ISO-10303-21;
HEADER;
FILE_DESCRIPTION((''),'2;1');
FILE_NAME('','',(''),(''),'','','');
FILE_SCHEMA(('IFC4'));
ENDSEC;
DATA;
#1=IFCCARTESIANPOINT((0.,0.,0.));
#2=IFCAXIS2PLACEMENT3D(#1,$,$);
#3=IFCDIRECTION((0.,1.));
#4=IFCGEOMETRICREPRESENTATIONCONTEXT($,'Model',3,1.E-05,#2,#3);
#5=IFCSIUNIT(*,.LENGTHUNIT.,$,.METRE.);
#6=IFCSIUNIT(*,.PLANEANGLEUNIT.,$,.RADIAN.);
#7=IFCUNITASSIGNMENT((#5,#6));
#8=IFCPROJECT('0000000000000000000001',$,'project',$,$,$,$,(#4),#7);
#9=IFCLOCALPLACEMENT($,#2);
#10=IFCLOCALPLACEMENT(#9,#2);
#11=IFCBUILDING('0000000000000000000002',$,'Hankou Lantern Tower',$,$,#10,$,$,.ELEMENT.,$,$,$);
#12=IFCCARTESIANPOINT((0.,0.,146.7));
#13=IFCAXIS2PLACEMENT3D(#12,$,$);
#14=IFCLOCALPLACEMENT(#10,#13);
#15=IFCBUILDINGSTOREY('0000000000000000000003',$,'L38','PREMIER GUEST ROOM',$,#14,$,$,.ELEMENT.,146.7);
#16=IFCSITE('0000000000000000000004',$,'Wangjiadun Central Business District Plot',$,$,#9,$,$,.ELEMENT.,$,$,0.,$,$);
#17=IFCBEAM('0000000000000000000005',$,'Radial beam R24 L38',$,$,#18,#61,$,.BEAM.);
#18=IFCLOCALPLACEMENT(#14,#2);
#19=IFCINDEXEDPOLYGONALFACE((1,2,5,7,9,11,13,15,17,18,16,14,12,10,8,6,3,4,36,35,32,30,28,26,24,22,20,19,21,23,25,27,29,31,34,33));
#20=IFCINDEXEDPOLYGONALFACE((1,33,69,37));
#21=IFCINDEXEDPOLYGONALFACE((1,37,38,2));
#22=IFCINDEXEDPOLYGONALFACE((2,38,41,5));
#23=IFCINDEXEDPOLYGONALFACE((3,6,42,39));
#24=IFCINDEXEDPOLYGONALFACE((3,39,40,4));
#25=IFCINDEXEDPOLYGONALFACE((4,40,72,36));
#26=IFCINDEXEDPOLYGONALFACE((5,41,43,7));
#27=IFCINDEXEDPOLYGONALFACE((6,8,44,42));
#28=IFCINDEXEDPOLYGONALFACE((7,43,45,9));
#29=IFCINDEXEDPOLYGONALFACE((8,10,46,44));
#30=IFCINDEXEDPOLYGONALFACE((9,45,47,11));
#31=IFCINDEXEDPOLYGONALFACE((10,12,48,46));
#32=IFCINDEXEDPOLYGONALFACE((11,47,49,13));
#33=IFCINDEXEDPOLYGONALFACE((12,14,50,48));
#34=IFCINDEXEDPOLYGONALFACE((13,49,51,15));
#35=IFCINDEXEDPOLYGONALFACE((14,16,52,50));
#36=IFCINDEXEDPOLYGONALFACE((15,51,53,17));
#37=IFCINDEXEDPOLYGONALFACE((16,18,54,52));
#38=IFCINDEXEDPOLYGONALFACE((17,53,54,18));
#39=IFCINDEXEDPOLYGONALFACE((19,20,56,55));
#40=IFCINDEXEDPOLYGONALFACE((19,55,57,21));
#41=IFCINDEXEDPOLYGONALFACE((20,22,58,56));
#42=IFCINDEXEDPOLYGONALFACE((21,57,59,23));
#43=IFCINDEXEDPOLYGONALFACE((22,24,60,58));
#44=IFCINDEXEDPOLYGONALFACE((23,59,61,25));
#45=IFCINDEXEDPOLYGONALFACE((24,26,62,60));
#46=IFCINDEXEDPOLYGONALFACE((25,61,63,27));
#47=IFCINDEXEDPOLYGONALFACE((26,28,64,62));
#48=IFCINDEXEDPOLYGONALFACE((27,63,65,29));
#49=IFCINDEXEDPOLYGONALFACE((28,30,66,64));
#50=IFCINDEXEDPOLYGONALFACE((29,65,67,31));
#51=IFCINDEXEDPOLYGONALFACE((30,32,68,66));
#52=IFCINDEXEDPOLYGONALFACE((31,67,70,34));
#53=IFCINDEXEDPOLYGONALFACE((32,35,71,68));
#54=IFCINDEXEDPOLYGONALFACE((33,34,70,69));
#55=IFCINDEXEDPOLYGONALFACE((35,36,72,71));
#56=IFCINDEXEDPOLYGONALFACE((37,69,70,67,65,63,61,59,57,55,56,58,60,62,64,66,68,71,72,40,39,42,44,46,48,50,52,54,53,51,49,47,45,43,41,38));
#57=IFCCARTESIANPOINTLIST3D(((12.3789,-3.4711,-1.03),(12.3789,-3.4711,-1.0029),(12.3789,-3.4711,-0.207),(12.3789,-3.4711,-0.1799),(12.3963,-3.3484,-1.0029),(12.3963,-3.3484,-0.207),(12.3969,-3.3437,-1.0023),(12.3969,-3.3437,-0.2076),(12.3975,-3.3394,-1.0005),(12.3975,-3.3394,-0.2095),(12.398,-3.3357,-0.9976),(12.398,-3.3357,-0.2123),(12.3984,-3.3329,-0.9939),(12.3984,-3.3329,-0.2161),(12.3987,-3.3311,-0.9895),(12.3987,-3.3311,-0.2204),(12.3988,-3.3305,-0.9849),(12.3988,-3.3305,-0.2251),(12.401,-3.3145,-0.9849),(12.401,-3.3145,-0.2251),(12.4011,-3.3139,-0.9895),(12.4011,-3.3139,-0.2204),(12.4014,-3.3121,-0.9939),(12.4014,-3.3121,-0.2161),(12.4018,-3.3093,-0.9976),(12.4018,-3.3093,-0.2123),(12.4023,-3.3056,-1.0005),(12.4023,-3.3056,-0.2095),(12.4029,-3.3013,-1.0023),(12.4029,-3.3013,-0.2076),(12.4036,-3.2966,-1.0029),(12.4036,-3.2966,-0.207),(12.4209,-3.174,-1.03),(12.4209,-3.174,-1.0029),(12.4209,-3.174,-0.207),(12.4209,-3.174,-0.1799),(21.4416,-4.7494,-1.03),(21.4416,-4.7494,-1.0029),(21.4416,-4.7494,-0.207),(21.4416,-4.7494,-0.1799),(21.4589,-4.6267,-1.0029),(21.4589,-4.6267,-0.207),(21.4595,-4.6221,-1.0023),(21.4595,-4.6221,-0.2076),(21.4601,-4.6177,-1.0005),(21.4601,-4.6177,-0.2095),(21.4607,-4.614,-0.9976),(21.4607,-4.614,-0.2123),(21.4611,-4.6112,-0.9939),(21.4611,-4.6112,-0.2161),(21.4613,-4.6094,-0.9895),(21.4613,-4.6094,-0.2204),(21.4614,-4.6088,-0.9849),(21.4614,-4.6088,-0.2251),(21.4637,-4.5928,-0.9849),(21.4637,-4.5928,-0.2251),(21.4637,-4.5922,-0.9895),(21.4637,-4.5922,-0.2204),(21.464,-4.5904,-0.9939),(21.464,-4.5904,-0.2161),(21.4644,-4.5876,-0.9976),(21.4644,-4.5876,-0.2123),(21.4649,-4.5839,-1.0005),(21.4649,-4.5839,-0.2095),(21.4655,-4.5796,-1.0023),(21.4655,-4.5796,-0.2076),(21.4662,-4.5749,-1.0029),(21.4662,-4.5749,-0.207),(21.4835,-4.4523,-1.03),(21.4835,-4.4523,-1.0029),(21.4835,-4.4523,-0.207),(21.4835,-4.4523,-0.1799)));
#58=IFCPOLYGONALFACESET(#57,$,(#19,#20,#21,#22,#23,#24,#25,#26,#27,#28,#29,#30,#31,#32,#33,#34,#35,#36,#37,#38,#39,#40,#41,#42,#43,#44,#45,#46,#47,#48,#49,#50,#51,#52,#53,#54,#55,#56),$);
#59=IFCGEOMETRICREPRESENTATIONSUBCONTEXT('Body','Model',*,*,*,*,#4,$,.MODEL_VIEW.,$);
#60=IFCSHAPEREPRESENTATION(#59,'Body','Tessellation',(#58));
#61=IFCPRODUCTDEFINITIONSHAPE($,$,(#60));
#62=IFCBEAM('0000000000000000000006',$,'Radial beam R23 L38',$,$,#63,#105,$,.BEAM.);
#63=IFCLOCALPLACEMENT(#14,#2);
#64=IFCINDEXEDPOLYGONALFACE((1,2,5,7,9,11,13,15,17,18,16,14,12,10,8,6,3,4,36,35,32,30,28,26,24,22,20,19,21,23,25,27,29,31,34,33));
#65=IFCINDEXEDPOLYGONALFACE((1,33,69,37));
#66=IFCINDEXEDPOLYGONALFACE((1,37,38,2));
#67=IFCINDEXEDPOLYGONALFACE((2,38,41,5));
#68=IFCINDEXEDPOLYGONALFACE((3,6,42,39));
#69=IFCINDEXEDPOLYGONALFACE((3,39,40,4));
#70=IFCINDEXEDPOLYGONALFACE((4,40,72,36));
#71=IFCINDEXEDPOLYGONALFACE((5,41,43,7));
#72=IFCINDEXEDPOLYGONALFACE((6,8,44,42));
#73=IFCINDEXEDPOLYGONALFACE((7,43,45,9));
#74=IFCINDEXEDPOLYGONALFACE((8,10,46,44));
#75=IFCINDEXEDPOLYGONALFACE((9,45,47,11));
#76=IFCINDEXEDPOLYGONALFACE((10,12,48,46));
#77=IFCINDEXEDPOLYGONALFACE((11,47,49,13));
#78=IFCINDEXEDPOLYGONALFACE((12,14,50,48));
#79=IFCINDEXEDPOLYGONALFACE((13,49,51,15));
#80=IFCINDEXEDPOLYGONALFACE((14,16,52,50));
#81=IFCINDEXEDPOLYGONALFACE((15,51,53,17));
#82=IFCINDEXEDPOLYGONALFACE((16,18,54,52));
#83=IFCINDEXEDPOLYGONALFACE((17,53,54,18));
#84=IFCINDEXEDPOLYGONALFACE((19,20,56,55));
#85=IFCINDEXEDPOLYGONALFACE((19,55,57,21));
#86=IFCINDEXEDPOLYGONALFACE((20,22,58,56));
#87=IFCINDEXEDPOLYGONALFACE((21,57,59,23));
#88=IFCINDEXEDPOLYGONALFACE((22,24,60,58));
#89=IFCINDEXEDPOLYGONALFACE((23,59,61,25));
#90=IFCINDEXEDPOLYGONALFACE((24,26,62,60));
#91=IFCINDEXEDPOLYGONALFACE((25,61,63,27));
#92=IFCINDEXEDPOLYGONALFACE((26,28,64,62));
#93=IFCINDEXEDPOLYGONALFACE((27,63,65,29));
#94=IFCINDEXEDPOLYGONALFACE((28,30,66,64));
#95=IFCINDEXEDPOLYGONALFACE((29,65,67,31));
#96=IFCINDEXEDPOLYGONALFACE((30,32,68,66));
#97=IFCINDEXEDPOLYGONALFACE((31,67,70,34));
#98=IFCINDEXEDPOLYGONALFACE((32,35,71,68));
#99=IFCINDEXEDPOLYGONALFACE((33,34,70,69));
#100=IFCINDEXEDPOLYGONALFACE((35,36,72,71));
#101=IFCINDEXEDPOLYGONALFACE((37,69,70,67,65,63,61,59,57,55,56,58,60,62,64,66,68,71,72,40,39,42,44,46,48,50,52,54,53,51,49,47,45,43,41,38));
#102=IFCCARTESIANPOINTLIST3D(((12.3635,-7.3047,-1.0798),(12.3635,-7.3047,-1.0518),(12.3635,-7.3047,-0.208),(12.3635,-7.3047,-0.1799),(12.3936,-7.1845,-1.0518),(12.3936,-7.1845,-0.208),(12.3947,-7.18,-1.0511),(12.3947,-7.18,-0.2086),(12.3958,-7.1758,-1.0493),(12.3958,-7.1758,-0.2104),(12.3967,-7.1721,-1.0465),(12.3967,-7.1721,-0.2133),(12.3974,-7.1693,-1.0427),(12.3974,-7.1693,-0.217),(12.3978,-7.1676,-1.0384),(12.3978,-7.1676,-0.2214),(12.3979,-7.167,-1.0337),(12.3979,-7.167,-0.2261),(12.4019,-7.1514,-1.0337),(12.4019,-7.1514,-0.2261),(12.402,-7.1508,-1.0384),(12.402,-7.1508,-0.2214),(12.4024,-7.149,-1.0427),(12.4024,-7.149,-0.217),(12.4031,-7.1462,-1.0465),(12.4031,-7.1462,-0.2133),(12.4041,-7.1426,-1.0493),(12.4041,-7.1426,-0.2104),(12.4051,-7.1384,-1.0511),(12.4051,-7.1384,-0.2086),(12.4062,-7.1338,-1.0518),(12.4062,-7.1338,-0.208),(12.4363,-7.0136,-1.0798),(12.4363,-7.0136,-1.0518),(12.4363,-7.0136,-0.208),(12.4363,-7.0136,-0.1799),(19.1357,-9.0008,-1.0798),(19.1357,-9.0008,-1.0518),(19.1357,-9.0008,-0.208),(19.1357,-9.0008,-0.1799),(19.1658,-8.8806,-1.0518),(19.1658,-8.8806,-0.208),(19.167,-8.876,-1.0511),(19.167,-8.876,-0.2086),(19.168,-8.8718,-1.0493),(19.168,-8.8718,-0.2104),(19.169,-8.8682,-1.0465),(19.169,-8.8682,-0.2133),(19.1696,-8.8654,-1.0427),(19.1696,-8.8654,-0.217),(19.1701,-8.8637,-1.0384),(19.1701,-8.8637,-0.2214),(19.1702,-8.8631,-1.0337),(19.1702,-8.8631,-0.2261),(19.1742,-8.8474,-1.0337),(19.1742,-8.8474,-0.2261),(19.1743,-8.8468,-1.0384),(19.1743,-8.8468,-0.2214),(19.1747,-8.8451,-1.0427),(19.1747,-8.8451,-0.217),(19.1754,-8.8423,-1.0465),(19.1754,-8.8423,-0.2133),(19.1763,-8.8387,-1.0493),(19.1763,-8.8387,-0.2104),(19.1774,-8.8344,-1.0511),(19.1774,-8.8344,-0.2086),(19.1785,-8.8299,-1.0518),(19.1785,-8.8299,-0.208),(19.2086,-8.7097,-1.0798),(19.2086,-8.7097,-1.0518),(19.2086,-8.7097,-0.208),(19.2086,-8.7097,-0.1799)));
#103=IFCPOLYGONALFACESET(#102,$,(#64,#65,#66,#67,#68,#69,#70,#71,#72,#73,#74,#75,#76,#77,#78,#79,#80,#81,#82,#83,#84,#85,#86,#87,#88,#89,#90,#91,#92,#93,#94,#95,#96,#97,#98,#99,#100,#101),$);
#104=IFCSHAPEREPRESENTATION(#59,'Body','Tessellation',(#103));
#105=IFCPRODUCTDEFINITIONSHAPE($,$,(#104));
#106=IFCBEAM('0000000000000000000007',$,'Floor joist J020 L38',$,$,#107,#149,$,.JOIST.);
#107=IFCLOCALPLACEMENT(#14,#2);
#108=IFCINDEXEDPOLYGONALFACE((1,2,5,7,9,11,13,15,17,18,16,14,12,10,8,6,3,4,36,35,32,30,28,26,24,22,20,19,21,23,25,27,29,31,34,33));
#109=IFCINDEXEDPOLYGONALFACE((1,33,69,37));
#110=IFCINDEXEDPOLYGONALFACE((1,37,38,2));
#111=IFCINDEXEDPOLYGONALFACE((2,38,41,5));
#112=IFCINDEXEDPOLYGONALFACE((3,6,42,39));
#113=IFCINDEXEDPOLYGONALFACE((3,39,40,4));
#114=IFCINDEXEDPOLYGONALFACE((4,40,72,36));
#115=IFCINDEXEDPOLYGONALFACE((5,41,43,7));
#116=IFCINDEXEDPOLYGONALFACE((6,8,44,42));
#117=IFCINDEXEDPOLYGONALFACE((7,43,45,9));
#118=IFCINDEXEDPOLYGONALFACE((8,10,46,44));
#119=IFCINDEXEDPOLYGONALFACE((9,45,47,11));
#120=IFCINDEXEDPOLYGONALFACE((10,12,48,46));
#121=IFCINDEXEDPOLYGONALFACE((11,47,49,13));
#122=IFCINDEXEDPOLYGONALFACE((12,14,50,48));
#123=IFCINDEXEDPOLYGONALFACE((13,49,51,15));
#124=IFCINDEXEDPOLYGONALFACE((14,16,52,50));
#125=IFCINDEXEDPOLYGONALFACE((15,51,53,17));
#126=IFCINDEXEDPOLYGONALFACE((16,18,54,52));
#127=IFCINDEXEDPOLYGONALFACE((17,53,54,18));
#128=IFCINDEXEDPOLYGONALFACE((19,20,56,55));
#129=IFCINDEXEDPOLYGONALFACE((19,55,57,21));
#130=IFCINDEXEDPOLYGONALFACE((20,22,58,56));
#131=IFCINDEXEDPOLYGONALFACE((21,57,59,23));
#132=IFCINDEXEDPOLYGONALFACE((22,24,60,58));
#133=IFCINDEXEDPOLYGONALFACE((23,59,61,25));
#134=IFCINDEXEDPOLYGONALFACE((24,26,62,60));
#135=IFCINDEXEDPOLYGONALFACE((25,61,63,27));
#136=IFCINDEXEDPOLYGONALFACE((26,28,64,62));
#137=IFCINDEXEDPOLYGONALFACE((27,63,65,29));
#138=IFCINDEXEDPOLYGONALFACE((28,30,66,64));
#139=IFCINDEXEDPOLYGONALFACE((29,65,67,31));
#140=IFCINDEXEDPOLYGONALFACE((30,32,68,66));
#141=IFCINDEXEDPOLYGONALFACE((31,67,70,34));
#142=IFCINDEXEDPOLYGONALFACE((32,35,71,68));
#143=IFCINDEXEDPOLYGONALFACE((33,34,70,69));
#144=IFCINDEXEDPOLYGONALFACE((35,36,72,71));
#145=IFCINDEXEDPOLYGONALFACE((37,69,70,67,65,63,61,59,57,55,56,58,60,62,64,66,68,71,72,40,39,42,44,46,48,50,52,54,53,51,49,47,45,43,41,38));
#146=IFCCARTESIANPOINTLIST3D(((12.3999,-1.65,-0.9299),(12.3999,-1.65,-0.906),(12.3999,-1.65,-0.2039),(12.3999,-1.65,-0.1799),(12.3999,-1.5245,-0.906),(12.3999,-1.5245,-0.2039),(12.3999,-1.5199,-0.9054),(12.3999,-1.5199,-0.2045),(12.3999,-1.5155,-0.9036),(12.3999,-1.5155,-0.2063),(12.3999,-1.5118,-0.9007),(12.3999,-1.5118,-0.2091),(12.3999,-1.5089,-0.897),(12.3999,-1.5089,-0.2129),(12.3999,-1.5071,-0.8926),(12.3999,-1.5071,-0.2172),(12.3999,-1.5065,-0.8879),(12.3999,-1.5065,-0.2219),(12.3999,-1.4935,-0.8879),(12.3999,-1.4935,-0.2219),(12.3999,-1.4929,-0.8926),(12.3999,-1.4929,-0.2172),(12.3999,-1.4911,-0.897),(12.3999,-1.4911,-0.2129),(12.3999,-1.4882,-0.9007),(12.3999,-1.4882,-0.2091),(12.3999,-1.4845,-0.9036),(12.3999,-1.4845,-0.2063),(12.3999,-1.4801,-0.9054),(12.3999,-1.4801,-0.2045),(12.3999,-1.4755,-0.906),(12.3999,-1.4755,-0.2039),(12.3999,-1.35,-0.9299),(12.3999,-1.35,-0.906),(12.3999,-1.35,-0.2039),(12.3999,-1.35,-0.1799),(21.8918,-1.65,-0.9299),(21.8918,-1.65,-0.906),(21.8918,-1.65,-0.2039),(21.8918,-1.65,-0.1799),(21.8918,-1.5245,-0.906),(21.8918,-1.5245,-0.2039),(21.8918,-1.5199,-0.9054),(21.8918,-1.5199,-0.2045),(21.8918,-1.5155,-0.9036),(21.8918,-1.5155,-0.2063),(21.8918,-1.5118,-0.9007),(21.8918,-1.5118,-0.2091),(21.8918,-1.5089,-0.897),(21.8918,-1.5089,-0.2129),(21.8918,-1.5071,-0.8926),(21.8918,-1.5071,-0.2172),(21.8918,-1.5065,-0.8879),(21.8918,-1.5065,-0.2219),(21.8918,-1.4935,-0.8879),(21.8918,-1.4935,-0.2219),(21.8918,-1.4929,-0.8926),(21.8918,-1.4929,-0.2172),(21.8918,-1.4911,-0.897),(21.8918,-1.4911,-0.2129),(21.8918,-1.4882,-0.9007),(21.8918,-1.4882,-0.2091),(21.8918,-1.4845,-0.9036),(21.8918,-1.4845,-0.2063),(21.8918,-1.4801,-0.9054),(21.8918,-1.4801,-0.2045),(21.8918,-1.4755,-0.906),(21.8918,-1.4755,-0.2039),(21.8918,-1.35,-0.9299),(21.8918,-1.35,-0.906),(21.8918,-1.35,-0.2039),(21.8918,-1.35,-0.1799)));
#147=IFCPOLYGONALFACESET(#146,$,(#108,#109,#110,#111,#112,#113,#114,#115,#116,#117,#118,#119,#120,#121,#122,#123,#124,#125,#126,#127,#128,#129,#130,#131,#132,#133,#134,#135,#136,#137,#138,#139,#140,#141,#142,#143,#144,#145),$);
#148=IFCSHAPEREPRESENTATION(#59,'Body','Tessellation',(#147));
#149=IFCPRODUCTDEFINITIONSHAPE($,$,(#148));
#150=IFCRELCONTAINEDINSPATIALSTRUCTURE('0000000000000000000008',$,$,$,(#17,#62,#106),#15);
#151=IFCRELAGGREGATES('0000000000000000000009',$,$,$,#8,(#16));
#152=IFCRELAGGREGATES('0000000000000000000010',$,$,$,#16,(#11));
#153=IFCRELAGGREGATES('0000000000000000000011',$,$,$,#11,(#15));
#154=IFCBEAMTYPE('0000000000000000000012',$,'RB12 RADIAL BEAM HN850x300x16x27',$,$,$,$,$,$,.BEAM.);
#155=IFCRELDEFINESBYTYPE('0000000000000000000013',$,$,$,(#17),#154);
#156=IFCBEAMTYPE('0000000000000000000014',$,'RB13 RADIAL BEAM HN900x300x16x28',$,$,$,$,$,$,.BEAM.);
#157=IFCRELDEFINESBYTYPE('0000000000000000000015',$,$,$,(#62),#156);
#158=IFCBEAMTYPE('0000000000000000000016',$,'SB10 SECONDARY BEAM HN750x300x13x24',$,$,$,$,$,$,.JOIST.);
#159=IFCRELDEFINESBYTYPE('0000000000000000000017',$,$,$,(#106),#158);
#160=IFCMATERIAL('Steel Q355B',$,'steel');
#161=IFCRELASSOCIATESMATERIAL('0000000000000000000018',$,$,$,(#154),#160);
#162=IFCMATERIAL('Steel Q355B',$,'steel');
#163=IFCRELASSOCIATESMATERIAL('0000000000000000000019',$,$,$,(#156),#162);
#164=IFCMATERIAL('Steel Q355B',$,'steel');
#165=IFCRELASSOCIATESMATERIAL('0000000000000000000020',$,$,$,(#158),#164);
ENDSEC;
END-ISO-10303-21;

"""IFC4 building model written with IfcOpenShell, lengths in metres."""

from ifc_helpers import new_model, si_unit, direction, frame, origin, origin_2d, place, context, subcontext, project, spatial, i_section, extrude, material, material_profile, profile_set, type_object, element, save


model = new_model("IFC4")

# Units and contexts
model_context = context("Model", 3, precision=1e-05, world=origin(), true_north=direction((0.0, 1.0)))
body_context = subcontext(model_context, "Body", "Model", "MODEL_VIEW")
ifc_project = project(units=[si_unit("LENGTHUNIT", "METRE"), si_unit("PLANEANGLEUNIT", "RADIAN")], contexts=[model_context])

# Site, building, storey
site_placement = place(None, origin())
site = spatial("IfcSite", under=ifc_project, at=site_placement, Name="Wangjiadun Central Business District Plot", CompositionType="ELEMENT", RefElevation=0.0)
building_placement = place(site_placement, origin())
building = spatial("IfcBuilding", under=site, at=building_placement, Name="Hankou Lantern Tower", CompositionType="ELEMENT")
storey_placement = place(building_placement, frame((0.0, 0.0, 146.7)))
storey = spatial("IfcBuildingStorey", under=building, at=storey_placement, Name="L38", Description="PREMIER GUEST ROOM", CompositionType="ELEMENT", Elevation=146.7)

# Beams
ifc_material_1 = material(Name="Steel Q355B", Category="steel")
ifc_material_profile_1 = material_profile(ifc_material_1, i_section(OverallWidth=0.3, OverallDepth=0.8501, WebThickness=0.0161, FlangeThickness=0.0271, FilletRadius=0.0181, at=origin_2d()), Name="HN850x300x16x27")
ifc_profile_set_1 = profile_set([ifc_material_profile_1], Name="Steel Q355B")
beam_type_1 = type_object("IfcBeamType", Name="RB12 RADIAL BEAM HN850x300x16x27", PredefinedType="BEAM", material=ifc_profile_set_1)
beam_1_placement = place(storey_placement, frame((12.3999, -3.3225, -0.605), z_axis=(0.990198, -0.13967, 0.0), x_axis=(0.13967, 0.990198, 0.0)))
element("IfcBeam", 1, at=beam_1_placement, inside=storey, type_object=beam_type_1, Name="Radial beam R24 L38", PredefinedType="BEAM", context=body_context, shape_type="SweptSolid", body=[
    extrude(i_section(OverallWidth=0.3, OverallDepth=0.8501, WebThickness=0.0161, FlangeThickness=0.0271, FilletRadius=0.0181, at=origin_2d()), origin(), (0.0, 0.0, 1.0), 9.1523),
])
ifc_material_2 = material(Name="Steel Q355B", Category="steel")
ifc_material_profile_2 = material_profile(ifc_material_2, i_section(OverallWidth=0.3, OverallDepth=0.8999, WebThickness=0.0161, FlangeThickness=0.0281, FilletRadius=0.0181, at=origin_2d()), Name="HN900x300x16x28")
ifc_profile_set_2 = profile_set([ifc_material_profile_2], Name="Steel Q355B")
beam_type_2 = type_object("IfcBeamType", Name="RB13 RADIAL BEAM HN900x300x16x28", PredefinedType="BEAM", material=ifc_profile_set_2)
beam_2_placement = place(storey_placement, frame((12.3999, -7.1592, -0.6299), z_axis=(0.970042, -0.242939, 0.0), x_axis=(0.242939, 0.970042, 0.0)))
element("IfcBeam", 2, at=beam_2_placement, inside=storey, type_object=beam_type_2, Name="Radial beam R23 L38", PredefinedType="BEAM", context=body_context, shape_type="SweptSolid", body=[
    extrude(i_section(OverallWidth=0.3, OverallDepth=0.8999, WebThickness=0.0161, FlangeThickness=0.0281, FilletRadius=0.0181, at=origin_2d()), origin(), (0.0, 0.0, 1.0), 6.9814),
])
ifc_material_3 = material(Name="Steel Q355B", Category="steel")
ifc_material_profile_3 = material_profile(ifc_material_3, i_section(OverallWidth=0.3, OverallDepth=0.75, WebThickness=0.0129, FlangeThickness=0.0239, FilletRadius=0.0181, at=origin_2d()), Name="HN750x300x13x24")
ifc_profile_set_3 = profile_set([ifc_material_profile_3], Name="Steel Q355B")
beam_type_3 = type_object("IfcBeamType", Name="SB10 SECONDARY BEAM HN750x300x13x24", PredefinedType="JOIST", material=ifc_profile_set_3)
beam_3_placement = place(storey_placement, frame((12.3999, -1.5, -0.5549), z_axis=(1.0, 0.0, 0.0), x_axis=(0.0, 1.0, 0.0)))
element("IfcBeam", 3, at=beam_3_placement, inside=storey, type_object=beam_type_3, Name="Floor joist J020 L38", PredefinedType="JOIST", context=body_context, shape_type="SweptSolid", body=[
    extrude(i_section(OverallWidth=0.3, OverallDepth=0.75, WebThickness=0.0129, FlangeThickness=0.0239, FilletRadius=0.0181, at=origin_2d()), origin(), (0.0, 0.0, 1.0), 9.4919),
])

save(model, "model.ifc")
